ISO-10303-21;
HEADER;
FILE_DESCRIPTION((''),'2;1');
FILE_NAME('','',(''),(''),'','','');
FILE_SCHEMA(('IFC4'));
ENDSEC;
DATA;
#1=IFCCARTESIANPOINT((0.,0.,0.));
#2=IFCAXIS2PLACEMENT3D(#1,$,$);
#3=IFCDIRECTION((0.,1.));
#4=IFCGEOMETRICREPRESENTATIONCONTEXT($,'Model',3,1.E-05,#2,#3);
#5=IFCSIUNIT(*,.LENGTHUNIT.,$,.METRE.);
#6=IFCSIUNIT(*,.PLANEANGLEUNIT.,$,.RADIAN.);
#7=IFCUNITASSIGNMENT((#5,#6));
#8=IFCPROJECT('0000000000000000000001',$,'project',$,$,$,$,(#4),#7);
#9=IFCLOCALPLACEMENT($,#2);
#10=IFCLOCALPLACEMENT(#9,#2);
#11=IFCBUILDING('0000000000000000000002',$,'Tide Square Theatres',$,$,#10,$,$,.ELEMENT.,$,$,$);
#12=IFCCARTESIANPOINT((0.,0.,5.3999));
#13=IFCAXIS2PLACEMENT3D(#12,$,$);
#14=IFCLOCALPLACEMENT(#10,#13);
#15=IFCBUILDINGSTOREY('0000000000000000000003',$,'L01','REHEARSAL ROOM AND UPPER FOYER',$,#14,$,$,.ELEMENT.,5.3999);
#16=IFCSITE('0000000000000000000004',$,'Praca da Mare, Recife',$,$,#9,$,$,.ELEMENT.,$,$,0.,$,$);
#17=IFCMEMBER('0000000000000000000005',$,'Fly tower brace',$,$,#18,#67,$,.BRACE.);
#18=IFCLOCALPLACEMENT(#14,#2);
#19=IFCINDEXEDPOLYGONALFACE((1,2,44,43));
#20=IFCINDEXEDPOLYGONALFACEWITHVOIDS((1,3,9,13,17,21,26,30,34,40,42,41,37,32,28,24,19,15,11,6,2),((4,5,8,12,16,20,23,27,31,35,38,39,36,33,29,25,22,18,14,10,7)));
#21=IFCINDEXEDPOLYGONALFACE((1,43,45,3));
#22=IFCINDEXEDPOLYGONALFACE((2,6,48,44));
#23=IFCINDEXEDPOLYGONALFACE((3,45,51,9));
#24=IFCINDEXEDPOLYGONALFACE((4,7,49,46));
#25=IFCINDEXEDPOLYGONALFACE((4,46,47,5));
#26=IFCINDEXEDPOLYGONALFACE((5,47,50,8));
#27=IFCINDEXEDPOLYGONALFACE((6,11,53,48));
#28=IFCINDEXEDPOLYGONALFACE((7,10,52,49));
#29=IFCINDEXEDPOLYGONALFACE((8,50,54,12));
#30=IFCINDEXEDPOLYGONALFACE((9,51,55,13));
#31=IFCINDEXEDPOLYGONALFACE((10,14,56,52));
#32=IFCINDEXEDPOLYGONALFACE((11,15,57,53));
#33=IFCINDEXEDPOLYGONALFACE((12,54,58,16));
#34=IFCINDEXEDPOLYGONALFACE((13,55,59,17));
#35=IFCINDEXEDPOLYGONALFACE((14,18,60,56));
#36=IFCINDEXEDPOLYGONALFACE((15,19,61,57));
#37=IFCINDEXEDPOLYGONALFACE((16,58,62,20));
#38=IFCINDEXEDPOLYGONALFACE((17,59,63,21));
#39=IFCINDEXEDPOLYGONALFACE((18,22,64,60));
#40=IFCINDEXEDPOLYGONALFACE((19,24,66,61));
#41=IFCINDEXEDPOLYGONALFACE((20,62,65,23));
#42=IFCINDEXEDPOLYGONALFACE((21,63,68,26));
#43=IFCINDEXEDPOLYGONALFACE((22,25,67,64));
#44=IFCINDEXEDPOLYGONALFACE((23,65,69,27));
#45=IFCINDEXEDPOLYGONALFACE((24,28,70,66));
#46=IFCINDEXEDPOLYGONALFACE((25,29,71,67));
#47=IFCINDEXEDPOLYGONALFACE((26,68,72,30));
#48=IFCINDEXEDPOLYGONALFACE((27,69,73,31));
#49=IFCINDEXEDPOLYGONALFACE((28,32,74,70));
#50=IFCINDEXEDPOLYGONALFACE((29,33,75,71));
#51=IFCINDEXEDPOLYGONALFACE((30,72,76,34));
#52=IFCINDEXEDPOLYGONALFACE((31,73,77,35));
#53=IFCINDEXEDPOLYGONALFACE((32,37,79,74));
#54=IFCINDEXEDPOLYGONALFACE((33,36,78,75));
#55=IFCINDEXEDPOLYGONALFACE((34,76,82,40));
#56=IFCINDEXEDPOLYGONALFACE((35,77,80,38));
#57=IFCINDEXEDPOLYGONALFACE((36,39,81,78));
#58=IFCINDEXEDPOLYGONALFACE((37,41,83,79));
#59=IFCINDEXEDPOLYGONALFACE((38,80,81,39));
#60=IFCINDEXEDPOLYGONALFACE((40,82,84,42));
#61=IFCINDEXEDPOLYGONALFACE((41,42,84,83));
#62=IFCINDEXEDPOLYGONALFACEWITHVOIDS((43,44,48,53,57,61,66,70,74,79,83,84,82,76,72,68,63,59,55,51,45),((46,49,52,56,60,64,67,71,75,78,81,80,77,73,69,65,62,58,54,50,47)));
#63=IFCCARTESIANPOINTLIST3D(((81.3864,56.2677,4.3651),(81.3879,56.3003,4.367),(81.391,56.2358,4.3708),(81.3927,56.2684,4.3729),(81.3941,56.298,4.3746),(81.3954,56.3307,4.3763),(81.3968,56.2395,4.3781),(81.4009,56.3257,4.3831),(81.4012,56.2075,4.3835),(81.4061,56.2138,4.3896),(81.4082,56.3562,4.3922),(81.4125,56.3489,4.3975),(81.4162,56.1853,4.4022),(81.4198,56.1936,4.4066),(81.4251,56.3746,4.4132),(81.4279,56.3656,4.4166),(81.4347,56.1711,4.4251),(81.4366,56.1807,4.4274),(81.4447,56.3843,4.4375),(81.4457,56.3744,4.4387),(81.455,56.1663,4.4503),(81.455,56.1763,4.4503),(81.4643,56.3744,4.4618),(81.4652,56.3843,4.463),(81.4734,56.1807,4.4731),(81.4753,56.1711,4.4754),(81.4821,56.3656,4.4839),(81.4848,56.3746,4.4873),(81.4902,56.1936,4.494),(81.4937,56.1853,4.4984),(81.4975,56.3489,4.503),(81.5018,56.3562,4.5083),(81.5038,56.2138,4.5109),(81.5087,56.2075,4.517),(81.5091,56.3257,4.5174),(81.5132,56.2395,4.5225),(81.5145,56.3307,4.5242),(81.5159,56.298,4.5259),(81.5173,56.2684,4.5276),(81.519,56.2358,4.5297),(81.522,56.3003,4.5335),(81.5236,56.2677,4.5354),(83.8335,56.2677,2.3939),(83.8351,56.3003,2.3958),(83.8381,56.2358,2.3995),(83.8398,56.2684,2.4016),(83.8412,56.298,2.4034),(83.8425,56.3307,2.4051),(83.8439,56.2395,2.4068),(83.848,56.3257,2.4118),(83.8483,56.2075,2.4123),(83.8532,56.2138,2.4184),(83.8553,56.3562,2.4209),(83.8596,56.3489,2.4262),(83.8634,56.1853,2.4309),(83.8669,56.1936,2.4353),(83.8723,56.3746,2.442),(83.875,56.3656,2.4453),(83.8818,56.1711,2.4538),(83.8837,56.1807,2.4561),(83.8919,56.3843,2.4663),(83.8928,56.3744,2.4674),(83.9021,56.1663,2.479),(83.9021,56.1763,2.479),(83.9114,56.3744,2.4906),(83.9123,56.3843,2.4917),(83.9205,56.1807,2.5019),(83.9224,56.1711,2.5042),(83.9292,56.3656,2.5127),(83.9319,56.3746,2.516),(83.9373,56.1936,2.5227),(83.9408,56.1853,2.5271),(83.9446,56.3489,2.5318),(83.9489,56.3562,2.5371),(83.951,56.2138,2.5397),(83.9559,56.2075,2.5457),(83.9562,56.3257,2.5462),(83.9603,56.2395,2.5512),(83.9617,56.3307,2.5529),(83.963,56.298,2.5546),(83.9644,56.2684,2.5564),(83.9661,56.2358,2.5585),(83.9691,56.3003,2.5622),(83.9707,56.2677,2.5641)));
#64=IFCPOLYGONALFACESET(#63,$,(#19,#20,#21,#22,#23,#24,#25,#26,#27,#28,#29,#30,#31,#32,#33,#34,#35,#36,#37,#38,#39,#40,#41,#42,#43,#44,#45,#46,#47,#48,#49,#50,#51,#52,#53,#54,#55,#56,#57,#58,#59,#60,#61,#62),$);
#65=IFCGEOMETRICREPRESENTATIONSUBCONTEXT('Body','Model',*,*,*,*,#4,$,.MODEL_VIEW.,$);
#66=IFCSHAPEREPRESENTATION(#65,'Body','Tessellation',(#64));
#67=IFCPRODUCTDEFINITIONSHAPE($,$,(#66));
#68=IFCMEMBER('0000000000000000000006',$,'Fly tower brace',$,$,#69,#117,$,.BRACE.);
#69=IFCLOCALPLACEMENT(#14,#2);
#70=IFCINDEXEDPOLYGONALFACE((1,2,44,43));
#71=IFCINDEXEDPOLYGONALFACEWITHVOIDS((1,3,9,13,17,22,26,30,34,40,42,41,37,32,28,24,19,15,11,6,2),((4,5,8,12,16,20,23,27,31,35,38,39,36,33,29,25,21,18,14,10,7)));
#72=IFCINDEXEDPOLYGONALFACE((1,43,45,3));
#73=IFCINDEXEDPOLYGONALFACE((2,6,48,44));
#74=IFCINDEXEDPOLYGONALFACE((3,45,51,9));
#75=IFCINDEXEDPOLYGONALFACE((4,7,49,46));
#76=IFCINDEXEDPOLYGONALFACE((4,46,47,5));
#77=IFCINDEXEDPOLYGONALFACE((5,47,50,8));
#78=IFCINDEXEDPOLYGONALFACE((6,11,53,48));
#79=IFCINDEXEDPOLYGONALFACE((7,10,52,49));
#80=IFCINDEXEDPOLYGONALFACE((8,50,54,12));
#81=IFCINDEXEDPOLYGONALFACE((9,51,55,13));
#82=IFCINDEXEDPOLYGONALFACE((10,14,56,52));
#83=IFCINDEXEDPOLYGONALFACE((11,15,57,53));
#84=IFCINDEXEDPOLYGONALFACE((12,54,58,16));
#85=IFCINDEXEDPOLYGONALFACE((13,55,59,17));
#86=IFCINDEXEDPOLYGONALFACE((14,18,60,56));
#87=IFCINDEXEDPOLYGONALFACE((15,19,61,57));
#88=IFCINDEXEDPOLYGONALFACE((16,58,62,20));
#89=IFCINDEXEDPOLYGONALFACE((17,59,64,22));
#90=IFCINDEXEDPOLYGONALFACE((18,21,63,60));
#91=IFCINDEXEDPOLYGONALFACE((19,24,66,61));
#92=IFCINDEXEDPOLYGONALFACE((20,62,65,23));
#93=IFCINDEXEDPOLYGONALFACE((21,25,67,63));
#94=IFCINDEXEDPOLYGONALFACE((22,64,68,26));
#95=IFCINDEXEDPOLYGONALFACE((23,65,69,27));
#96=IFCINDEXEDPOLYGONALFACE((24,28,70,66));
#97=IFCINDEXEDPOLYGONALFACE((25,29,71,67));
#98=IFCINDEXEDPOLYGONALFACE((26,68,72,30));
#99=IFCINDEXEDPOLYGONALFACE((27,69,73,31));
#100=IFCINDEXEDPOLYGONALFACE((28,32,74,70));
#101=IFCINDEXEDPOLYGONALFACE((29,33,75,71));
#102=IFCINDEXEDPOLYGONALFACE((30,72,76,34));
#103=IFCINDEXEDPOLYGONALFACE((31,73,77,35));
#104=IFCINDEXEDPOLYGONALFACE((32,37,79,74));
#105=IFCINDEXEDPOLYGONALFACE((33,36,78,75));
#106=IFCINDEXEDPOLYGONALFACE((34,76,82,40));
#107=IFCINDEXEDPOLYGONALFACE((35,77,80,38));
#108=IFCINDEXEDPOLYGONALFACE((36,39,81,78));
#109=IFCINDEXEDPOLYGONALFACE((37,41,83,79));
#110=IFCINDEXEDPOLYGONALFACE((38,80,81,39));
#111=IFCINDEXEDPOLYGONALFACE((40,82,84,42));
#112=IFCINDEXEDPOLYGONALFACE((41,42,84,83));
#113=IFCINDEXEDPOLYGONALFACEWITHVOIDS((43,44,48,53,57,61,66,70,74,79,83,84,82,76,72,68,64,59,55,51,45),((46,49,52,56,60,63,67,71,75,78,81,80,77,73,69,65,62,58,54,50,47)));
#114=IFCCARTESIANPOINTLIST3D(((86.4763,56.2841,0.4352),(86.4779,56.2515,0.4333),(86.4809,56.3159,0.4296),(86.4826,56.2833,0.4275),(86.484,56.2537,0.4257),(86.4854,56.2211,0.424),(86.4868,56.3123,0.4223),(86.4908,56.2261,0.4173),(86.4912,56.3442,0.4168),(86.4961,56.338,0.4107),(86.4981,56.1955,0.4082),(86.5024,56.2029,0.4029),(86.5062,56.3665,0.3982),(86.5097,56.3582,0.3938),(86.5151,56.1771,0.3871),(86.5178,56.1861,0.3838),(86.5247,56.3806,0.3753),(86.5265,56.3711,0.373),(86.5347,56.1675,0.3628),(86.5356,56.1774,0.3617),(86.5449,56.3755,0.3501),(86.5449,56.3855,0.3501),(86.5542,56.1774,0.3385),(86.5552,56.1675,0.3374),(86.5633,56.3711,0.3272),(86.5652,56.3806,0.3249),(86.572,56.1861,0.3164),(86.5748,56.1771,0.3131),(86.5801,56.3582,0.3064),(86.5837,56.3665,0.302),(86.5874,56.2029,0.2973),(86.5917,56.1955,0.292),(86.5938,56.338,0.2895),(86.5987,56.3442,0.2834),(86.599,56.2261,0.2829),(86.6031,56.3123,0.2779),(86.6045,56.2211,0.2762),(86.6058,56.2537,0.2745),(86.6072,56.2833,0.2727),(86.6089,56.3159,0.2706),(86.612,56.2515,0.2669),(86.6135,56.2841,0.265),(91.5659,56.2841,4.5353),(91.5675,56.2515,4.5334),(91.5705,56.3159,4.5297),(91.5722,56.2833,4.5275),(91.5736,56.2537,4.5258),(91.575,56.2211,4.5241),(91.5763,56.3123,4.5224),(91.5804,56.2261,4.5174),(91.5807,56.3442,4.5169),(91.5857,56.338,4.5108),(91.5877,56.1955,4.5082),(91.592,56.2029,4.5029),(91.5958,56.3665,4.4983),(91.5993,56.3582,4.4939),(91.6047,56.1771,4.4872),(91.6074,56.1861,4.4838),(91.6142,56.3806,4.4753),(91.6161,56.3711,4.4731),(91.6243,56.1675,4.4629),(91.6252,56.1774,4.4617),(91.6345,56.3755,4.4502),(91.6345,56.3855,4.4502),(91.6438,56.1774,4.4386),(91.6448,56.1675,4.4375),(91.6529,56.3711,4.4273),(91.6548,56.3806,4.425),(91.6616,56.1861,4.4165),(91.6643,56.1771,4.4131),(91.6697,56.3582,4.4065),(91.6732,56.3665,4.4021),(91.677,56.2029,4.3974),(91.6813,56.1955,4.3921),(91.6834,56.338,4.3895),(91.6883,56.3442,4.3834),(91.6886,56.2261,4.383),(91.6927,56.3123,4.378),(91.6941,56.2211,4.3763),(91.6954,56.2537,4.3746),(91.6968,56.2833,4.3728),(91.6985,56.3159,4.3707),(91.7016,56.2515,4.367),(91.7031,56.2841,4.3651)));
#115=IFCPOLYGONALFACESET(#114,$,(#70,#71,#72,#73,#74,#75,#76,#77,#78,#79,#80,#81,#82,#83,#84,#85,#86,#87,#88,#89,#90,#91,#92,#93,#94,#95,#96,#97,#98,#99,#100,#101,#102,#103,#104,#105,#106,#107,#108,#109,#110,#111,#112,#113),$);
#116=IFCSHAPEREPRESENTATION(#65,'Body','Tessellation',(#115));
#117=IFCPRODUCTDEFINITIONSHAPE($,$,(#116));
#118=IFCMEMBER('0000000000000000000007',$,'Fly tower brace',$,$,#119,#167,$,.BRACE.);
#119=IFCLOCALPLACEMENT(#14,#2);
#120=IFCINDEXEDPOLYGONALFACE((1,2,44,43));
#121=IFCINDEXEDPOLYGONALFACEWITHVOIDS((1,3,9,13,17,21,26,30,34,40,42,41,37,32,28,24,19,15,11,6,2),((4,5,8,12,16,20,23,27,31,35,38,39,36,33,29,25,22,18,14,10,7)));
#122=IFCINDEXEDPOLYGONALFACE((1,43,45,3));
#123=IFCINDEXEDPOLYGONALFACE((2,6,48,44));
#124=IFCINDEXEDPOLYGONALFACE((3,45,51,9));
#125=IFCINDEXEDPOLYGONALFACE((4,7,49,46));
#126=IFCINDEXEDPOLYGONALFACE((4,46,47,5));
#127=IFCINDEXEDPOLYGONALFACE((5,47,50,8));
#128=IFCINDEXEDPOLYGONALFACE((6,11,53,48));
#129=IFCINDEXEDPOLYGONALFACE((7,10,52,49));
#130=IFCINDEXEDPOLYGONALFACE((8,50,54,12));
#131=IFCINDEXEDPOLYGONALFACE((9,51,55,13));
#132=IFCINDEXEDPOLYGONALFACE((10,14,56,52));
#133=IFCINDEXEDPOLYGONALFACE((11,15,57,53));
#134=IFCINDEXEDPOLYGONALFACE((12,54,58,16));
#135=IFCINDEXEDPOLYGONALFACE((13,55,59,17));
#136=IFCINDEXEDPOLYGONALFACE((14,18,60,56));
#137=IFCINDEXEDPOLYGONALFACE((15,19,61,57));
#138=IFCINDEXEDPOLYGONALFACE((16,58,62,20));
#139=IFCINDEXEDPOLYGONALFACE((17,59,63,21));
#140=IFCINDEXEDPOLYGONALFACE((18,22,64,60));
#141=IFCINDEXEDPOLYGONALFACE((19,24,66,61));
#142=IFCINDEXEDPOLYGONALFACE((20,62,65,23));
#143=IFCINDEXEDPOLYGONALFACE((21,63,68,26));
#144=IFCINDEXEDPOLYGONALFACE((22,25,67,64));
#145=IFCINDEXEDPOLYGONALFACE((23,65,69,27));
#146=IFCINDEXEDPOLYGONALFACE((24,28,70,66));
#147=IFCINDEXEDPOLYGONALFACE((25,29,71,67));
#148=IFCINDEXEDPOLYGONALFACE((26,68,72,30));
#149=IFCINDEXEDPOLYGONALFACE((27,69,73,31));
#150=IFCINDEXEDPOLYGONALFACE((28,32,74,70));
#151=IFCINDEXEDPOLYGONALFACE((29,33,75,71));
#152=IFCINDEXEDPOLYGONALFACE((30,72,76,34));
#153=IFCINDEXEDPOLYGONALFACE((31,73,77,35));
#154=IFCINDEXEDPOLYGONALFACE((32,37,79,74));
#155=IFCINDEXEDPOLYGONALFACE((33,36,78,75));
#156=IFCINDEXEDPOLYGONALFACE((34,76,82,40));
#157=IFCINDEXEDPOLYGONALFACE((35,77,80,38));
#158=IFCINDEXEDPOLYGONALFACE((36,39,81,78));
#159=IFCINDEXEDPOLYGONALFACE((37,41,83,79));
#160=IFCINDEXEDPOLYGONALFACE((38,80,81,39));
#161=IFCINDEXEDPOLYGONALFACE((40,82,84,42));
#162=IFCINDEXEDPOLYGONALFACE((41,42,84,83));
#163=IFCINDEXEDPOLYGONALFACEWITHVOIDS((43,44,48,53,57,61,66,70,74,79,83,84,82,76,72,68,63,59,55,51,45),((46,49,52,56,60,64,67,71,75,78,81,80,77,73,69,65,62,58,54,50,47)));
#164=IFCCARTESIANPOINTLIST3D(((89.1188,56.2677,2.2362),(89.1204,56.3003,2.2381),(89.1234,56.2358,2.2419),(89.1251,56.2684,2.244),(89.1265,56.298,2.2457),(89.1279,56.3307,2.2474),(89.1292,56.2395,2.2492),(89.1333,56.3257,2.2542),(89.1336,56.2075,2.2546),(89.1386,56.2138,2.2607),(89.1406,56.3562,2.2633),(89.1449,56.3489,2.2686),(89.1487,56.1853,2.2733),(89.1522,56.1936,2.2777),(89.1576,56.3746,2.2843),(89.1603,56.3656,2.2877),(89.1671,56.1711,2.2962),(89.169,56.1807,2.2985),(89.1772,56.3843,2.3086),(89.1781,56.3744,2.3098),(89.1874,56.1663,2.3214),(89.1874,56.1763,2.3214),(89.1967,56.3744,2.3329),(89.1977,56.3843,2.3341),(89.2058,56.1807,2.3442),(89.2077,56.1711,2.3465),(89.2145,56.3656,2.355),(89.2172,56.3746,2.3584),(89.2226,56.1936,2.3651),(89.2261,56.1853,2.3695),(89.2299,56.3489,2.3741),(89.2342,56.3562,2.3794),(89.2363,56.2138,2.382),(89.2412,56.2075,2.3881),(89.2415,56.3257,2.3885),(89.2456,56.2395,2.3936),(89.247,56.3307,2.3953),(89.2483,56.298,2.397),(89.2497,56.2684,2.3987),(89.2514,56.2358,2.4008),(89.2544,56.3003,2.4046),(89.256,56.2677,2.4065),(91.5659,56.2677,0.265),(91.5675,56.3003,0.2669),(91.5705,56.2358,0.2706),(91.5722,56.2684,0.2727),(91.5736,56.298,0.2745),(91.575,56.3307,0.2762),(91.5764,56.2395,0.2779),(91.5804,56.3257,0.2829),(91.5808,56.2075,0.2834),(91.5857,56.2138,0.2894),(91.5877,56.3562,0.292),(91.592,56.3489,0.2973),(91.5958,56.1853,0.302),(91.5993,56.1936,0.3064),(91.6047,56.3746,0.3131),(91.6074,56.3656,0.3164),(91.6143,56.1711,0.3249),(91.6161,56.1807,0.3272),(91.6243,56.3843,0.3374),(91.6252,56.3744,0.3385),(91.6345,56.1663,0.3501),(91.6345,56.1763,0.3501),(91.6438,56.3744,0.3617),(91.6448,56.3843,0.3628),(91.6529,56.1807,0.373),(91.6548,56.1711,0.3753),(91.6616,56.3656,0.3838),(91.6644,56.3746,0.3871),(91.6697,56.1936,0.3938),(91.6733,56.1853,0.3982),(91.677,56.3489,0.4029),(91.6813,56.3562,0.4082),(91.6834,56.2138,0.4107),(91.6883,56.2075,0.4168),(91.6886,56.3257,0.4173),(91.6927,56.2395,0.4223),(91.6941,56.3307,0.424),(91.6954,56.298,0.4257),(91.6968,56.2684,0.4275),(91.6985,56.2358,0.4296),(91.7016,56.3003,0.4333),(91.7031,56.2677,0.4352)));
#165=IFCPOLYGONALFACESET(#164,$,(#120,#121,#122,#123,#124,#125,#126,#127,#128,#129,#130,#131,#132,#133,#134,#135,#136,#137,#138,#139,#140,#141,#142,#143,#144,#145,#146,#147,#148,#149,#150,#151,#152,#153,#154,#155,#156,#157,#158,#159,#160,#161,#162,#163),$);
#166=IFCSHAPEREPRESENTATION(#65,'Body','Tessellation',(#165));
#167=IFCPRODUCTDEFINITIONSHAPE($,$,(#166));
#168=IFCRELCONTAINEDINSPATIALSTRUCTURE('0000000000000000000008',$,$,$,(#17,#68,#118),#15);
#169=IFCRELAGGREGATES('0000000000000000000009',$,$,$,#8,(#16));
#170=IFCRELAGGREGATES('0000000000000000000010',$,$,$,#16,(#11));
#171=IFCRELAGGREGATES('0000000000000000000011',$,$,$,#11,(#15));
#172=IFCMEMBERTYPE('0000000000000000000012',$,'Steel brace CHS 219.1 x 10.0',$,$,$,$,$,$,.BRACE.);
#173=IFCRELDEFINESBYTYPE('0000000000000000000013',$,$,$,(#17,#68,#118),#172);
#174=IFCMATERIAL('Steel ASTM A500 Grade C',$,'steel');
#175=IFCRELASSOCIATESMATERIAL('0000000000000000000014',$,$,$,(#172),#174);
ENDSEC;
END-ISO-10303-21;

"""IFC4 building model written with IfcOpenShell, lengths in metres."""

from ifc_helpers import new_model, si_unit, direction, frame, origin, origin_2d, place, context, subcontext, project, spatial, hollow_circle, extrude, material, material_profile, profile_set, type_object, element, save


model = new_model("IFC4")

# Units and contexts
model_context = context("Model", 3, precision=1e-05, world=origin(), true_north=direction((0.0, 1.0)))
body_context = subcontext(model_context, "Body", "Model", "MODEL_VIEW")
ifc_project = project(units=[si_unit("LENGTHUNIT", "METRE"), si_unit("PLANEANGLEUNIT", "RADIAN")], contexts=[model_context])

# Site, building, storey
site_placement = place(None, origin())
site = spatial("IfcSite", under=ifc_project, at=site_placement, Name="Praca da Mare, Recife", CompositionType="ELEMENT", RefElevation=0.0)
building_placement = place(site_placement, origin())
building = spatial("IfcBuilding", under=site, at=building_placement, Name="Tide Square Theatres", CompositionType="ELEMENT")
storey_placement = place(building_placement, frame((0.0, 0.0, 5.3999)))
storey = spatial("IfcBuildingStorey", under=building, at=storey_placement, Name="L01", Description="REHEARSAL ROOM AND UPPER FOYER", CompositionType="ELEMENT", Elevation=5.3999)

# Members
ifc_material_1 = material(Name="Steel ASTM A500 Grade C", Category="steel")
ifc_material_profile_1 = material_profile(ifc_material_1, hollow_circle(Radius=0.1096, WallThickness=0.01, at=origin_2d()))
ifc_profile_set_1 = profile_set([ifc_material_profile_1], Name="Steel ASTM A500 Grade C")
member_type = type_object("IfcMemberType", Name="Steel brace CHS 219.1 x 10.0", PredefinedType="BRACE", material=ifc_profile_set_1)
for number, where, z_axis, x_axis, name in (
    (1, (83.9021, 56.2759, 2.479), (-0.778757, 0.0, 0.627326), (0.0, -1.0, 0.0), "Fly tower brace"),
):
    element("IfcMember", number, at=place(storey_placement, frame(where, z_axis=z_axis, x_axis=x_axis)), inside=storey, type_object=member_type, Name=name, PredefinedType="BRACE", context=body_context, shape_type="SweptSolid", body=[
        extrude(hollow_circle(Radius=0.1096, WallThickness=0.01, at=origin_2d()), origin(), (0.0, 0.0, 1.0), 3.1423),
    ])
member_1_placement = place(storey_placement, frame((86.5449, 56.2759, 0.3501), z_axis=(0.778743, 0.0, 0.627343), x_axis=(0.0, 1.0, 0.0)))
element("IfcMember", 2, at=member_1_placement, inside=storey, type_object=member_type, Name="Fly tower brace", PredefinedType="BRACE", context=body_context, shape_type="SweptSolid", body=[
    extrude(hollow_circle(Radius=0.1096, WallThickness=0.01, at=origin_2d()), origin(), (0.0, 0.0, 1.0), 6.5356),
])
member_2_placement = place(storey_placement, frame((91.6345, 56.2759, 0.3501), z_axis=(-0.778757, 0.0, 0.627326), x_axis=(0.0, -1.0, 0.0)))
element("IfcMember", 3, at=member_2_placement, inside=storey, type_object=member_type, Name="Fly tower brace", PredefinedType="BRACE", context=body_context, shape_type="SweptSolid", body=[
    extrude(hollow_circle(Radius=0.1096, WallThickness=0.01, at=origin_2d()), origin(), (0.0, 0.0, 1.0), 3.1423),
])

save(model, "model.ifc")
